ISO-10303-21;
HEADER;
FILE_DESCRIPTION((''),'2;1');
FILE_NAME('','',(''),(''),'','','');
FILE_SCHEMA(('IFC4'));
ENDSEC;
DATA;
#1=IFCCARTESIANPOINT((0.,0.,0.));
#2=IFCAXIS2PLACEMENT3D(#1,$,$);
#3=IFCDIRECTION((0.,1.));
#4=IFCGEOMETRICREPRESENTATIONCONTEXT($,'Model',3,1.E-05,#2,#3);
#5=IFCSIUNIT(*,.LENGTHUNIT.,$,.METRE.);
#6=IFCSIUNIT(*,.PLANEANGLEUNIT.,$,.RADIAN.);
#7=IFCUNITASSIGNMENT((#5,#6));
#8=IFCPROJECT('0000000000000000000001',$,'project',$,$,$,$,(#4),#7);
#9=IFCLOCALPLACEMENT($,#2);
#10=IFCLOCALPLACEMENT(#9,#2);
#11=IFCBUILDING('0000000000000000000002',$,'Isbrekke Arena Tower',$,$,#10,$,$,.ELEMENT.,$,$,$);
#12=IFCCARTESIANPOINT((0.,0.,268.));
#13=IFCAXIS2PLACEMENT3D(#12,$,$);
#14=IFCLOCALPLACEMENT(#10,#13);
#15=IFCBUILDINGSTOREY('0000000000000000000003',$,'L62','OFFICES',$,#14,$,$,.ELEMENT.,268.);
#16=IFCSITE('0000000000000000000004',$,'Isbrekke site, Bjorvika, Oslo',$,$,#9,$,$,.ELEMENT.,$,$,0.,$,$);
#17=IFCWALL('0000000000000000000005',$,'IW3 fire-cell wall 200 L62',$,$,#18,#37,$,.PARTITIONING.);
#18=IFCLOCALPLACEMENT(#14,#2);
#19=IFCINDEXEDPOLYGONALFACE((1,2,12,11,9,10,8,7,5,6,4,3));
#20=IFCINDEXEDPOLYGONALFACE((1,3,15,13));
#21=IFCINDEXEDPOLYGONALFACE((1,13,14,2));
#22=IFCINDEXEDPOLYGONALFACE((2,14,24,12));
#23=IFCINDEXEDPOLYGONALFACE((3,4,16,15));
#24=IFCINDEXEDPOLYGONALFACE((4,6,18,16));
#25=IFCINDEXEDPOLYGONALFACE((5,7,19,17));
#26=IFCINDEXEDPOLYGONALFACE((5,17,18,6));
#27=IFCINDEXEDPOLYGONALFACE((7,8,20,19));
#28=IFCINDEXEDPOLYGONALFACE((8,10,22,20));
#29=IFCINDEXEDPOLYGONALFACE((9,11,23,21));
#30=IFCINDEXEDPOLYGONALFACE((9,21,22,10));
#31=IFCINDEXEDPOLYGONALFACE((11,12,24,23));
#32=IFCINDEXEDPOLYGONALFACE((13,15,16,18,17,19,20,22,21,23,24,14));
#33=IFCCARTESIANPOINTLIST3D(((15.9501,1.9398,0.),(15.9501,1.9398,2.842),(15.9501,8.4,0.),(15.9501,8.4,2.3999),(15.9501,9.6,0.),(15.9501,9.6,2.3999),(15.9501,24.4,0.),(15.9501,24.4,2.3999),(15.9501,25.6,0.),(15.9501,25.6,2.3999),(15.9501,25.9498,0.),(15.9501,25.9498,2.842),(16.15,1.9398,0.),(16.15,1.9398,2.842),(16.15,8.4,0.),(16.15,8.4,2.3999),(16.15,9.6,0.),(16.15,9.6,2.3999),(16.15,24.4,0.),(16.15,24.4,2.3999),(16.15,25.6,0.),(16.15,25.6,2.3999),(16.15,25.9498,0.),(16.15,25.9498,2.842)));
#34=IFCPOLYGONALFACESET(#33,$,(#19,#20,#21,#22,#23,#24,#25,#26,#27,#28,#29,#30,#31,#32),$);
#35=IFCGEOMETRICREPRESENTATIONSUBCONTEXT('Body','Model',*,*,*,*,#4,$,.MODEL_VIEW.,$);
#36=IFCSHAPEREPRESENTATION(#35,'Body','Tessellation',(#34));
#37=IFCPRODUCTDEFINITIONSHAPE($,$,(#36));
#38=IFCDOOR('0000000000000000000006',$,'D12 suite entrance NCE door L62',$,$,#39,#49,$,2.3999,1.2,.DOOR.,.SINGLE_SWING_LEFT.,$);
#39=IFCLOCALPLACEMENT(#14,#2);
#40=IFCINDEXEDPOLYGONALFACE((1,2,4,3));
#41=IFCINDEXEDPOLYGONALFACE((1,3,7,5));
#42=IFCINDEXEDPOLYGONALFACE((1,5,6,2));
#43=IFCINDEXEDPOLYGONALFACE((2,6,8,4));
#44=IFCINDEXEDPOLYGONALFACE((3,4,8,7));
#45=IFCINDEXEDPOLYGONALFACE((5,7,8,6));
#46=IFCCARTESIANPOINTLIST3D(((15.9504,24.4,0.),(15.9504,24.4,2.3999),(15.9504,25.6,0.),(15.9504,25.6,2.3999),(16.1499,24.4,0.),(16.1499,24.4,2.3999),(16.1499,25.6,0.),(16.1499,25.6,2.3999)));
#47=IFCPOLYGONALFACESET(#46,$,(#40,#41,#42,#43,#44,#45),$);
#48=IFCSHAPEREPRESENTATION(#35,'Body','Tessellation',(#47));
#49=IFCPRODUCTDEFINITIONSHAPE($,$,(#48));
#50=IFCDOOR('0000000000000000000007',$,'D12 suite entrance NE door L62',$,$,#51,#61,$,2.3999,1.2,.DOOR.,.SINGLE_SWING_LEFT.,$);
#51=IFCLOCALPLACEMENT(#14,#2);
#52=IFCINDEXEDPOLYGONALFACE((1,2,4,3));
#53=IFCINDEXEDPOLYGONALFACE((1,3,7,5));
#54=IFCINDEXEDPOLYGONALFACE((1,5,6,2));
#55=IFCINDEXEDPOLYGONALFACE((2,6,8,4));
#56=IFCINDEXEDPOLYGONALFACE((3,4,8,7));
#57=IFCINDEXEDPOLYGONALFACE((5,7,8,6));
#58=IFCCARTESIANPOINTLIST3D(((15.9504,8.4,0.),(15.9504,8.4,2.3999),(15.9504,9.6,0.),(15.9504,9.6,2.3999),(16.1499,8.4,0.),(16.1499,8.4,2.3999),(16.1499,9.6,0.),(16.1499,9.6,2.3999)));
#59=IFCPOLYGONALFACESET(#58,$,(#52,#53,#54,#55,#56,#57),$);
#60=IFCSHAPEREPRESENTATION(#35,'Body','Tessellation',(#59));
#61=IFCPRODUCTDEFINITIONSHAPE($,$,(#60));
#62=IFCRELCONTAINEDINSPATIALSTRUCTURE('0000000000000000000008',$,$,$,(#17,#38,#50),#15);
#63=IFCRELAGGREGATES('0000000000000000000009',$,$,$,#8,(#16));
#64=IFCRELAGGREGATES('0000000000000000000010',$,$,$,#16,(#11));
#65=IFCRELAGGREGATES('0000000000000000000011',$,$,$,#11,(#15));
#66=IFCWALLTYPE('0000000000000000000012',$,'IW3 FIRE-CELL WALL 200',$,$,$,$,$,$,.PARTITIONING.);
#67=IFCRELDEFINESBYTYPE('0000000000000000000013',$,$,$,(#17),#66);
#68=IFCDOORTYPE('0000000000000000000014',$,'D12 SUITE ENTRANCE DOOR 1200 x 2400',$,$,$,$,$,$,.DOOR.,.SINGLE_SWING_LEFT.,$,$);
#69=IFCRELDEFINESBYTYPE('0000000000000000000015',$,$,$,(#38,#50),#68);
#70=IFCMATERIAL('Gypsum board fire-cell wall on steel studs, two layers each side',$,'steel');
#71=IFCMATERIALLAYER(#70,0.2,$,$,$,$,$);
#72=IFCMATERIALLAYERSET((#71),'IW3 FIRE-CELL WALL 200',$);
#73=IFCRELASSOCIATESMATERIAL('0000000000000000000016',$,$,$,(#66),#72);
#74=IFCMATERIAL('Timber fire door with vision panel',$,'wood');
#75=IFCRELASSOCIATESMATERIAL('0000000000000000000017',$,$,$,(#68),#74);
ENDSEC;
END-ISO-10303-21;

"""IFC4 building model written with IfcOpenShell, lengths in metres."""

from ifc_helpers import new_model, si_unit, direction, frame, frame_2d, origin, place, context, subcontext, project, spatial, rectangle, extrude, material, layer, layer_set, type_object, element, fill, save


model = new_model("IFC4")

# Units and contexts
model_context = context("Model", 3, precision=1e-05, world=origin(), true_north=direction((0.0, 1.0)))
body_context = subcontext(model_context, "Body", "Model", "MODEL_VIEW")
ifc_project = project(units=[si_unit("LENGTHUNIT", "METRE"), si_unit("PLANEANGLEUNIT", "RADIAN")], contexts=[model_context])

# Site, building, storey
site_placement = place(None, origin())
site = spatial("IfcSite", under=ifc_project, at=site_placement, Name="Isbrekke site, Bjorvika, Oslo", CompositionType="ELEMENT", RefElevation=0.0)
building_placement = place(site_placement, origin())
building = spatial("IfcBuilding", under=site, at=building_placement, Name="Isbrekke Arena Tower", CompositionType="ELEMENT")
storey_placement = place(building_placement, frame((0.0, 0.0, 268.0)))
storey = spatial("IfcBuildingStorey", under=building, at=storey_placement, Name="L62", Description="OFFICES", CompositionType="ELEMENT", Elevation=268.0)

# Shared definitions
ifc_material_1 = material(Name="Gypsum board fire-cell wall on steel studs, two layers each side", Category="steel")
ifc_layer_1 = layer(ifc_material_1, 0.2)
ifc_layer_set_1 = layer_set([ifc_layer_1], Name="IW3 FIRE-CELL WALL 200")
wall_type_1 = type_object("IfcWallType", Name="IW3 FIRE-CELL WALL 200", PredefinedType="PARTITIONING", material=ifc_layer_set_1)

# Wall, openings, doors
wall_1_placement = place(storey_placement, frame((16.05, 1.9399, 0.0), z_axis=(0.0, 0.0, 1.0), x_axis=(0.0, 1.0, 0.0)))
wall_1 = element("IfcWall", 1, at=wall_1_placement, inside=storey, type_object=wall_type_1, Name="IW3 fire-cell wall 200 L62", PredefinedType="PARTITIONING", context=body_context, shape_type="SweptSolid", body=[
    extrude(rectangle(XDim=24.01, YDim=0.2, at=frame_2d((12.0049, 0.0))), origin(), (0.0, 0.0, 1.0), 2.842),
])
opening_1_placement = place(wall_1_placement, frame((22.46, 0.0, 0.0)))
opening_1 = element("IfcOpeningElement", 2, at=opening_1_placement, cuts=wall_1, PredefinedType="OPENING", context=body_context, shape_type="SweptSolid", body=[
    extrude(rectangle(XDim=1.2, YDim=2.3999, at=frame_2d((0.6001, 1.2))), frame((0.0, 0.1147, 0.0), z_axis=(0.0, -1.0, 0.0), x_axis=(1.0, 0.0, 0.0)), (0.0, 0.0, 1.0), 0.2297),
])
opening_2_placement = place(wall_1_placement, frame((6.46, 0.0, 0.0)))
opening_2 = element("IfcOpeningElement", 3, at=opening_2_placement, cuts=wall_1, PredefinedType="OPENING", context=body_context, shape_type="SweptSolid", body=[
    extrude(rectangle(XDim=1.2, YDim=2.3999, at=frame_2d((0.6001, 1.2))), frame((0.0, 0.1147, 0.0), z_axis=(0.0, -1.0, 0.0), x_axis=(1.0, 0.0, 0.0)), (0.0, 0.0, 1.0), 0.2297),
])
ifc_material_2 = material(Name="Timber fire door with vision panel", Category="wood")
door_type_1 = type_object("IfcDoorType", Name="D12 SUITE ENTRANCE DOOR 1200 x 2400", OperationType="SINGLE_SWING_LEFT", PredefinedType="DOOR", material=ifc_material_2)
door_1_placement = place(opening_1_placement, origin())
door_1 = element("IfcDoor", 4, at=door_1_placement, inside=storey, type_object=door_type_1, Name="D12 suite entrance NCE door L62", OperationType="SINGLE_SWING_LEFT", OverallHeight=2.3999, OverallWidth=1.2, PredefinedType="DOOR", context=body_context, shape_type="SweptSolid", body=[
    extrude(rectangle(XDim=1.2, YDim=2.3999, at=frame_2d((0.6001, 1.2))), frame((0.0, 0.0996, 0.0), z_axis=(0.0, -1.0, 0.0), x_axis=(1.0, 0.0, 0.0)), (0.0, 0.0, 1.0), 0.1995),
])
fill(opening_1, door_1)
door_2_placement = place(opening_2_placement, origin())
door_2 = element("IfcDoor", 5, at=door_2_placement, inside=storey, type_object=door_type_1, Name="D12 suite entrance NE door L62", OperationType="SINGLE_SWING_LEFT", OverallHeight=2.3999, OverallWidth=1.2, PredefinedType="DOOR", context=body_context, shape_type="SweptSolid", body=[
    extrude(rectangle(XDim=1.2, YDim=2.3999, at=frame_2d((0.6001, 1.2))), frame((0.0, 0.0996, 0.0), z_axis=(0.0, -1.0, 0.0), x_axis=(1.0, 0.0, 0.0)), (0.0, 0.0, 1.0), 0.1995),
])
fill(opening_2, door_2)

save(model, "model.ifc")
